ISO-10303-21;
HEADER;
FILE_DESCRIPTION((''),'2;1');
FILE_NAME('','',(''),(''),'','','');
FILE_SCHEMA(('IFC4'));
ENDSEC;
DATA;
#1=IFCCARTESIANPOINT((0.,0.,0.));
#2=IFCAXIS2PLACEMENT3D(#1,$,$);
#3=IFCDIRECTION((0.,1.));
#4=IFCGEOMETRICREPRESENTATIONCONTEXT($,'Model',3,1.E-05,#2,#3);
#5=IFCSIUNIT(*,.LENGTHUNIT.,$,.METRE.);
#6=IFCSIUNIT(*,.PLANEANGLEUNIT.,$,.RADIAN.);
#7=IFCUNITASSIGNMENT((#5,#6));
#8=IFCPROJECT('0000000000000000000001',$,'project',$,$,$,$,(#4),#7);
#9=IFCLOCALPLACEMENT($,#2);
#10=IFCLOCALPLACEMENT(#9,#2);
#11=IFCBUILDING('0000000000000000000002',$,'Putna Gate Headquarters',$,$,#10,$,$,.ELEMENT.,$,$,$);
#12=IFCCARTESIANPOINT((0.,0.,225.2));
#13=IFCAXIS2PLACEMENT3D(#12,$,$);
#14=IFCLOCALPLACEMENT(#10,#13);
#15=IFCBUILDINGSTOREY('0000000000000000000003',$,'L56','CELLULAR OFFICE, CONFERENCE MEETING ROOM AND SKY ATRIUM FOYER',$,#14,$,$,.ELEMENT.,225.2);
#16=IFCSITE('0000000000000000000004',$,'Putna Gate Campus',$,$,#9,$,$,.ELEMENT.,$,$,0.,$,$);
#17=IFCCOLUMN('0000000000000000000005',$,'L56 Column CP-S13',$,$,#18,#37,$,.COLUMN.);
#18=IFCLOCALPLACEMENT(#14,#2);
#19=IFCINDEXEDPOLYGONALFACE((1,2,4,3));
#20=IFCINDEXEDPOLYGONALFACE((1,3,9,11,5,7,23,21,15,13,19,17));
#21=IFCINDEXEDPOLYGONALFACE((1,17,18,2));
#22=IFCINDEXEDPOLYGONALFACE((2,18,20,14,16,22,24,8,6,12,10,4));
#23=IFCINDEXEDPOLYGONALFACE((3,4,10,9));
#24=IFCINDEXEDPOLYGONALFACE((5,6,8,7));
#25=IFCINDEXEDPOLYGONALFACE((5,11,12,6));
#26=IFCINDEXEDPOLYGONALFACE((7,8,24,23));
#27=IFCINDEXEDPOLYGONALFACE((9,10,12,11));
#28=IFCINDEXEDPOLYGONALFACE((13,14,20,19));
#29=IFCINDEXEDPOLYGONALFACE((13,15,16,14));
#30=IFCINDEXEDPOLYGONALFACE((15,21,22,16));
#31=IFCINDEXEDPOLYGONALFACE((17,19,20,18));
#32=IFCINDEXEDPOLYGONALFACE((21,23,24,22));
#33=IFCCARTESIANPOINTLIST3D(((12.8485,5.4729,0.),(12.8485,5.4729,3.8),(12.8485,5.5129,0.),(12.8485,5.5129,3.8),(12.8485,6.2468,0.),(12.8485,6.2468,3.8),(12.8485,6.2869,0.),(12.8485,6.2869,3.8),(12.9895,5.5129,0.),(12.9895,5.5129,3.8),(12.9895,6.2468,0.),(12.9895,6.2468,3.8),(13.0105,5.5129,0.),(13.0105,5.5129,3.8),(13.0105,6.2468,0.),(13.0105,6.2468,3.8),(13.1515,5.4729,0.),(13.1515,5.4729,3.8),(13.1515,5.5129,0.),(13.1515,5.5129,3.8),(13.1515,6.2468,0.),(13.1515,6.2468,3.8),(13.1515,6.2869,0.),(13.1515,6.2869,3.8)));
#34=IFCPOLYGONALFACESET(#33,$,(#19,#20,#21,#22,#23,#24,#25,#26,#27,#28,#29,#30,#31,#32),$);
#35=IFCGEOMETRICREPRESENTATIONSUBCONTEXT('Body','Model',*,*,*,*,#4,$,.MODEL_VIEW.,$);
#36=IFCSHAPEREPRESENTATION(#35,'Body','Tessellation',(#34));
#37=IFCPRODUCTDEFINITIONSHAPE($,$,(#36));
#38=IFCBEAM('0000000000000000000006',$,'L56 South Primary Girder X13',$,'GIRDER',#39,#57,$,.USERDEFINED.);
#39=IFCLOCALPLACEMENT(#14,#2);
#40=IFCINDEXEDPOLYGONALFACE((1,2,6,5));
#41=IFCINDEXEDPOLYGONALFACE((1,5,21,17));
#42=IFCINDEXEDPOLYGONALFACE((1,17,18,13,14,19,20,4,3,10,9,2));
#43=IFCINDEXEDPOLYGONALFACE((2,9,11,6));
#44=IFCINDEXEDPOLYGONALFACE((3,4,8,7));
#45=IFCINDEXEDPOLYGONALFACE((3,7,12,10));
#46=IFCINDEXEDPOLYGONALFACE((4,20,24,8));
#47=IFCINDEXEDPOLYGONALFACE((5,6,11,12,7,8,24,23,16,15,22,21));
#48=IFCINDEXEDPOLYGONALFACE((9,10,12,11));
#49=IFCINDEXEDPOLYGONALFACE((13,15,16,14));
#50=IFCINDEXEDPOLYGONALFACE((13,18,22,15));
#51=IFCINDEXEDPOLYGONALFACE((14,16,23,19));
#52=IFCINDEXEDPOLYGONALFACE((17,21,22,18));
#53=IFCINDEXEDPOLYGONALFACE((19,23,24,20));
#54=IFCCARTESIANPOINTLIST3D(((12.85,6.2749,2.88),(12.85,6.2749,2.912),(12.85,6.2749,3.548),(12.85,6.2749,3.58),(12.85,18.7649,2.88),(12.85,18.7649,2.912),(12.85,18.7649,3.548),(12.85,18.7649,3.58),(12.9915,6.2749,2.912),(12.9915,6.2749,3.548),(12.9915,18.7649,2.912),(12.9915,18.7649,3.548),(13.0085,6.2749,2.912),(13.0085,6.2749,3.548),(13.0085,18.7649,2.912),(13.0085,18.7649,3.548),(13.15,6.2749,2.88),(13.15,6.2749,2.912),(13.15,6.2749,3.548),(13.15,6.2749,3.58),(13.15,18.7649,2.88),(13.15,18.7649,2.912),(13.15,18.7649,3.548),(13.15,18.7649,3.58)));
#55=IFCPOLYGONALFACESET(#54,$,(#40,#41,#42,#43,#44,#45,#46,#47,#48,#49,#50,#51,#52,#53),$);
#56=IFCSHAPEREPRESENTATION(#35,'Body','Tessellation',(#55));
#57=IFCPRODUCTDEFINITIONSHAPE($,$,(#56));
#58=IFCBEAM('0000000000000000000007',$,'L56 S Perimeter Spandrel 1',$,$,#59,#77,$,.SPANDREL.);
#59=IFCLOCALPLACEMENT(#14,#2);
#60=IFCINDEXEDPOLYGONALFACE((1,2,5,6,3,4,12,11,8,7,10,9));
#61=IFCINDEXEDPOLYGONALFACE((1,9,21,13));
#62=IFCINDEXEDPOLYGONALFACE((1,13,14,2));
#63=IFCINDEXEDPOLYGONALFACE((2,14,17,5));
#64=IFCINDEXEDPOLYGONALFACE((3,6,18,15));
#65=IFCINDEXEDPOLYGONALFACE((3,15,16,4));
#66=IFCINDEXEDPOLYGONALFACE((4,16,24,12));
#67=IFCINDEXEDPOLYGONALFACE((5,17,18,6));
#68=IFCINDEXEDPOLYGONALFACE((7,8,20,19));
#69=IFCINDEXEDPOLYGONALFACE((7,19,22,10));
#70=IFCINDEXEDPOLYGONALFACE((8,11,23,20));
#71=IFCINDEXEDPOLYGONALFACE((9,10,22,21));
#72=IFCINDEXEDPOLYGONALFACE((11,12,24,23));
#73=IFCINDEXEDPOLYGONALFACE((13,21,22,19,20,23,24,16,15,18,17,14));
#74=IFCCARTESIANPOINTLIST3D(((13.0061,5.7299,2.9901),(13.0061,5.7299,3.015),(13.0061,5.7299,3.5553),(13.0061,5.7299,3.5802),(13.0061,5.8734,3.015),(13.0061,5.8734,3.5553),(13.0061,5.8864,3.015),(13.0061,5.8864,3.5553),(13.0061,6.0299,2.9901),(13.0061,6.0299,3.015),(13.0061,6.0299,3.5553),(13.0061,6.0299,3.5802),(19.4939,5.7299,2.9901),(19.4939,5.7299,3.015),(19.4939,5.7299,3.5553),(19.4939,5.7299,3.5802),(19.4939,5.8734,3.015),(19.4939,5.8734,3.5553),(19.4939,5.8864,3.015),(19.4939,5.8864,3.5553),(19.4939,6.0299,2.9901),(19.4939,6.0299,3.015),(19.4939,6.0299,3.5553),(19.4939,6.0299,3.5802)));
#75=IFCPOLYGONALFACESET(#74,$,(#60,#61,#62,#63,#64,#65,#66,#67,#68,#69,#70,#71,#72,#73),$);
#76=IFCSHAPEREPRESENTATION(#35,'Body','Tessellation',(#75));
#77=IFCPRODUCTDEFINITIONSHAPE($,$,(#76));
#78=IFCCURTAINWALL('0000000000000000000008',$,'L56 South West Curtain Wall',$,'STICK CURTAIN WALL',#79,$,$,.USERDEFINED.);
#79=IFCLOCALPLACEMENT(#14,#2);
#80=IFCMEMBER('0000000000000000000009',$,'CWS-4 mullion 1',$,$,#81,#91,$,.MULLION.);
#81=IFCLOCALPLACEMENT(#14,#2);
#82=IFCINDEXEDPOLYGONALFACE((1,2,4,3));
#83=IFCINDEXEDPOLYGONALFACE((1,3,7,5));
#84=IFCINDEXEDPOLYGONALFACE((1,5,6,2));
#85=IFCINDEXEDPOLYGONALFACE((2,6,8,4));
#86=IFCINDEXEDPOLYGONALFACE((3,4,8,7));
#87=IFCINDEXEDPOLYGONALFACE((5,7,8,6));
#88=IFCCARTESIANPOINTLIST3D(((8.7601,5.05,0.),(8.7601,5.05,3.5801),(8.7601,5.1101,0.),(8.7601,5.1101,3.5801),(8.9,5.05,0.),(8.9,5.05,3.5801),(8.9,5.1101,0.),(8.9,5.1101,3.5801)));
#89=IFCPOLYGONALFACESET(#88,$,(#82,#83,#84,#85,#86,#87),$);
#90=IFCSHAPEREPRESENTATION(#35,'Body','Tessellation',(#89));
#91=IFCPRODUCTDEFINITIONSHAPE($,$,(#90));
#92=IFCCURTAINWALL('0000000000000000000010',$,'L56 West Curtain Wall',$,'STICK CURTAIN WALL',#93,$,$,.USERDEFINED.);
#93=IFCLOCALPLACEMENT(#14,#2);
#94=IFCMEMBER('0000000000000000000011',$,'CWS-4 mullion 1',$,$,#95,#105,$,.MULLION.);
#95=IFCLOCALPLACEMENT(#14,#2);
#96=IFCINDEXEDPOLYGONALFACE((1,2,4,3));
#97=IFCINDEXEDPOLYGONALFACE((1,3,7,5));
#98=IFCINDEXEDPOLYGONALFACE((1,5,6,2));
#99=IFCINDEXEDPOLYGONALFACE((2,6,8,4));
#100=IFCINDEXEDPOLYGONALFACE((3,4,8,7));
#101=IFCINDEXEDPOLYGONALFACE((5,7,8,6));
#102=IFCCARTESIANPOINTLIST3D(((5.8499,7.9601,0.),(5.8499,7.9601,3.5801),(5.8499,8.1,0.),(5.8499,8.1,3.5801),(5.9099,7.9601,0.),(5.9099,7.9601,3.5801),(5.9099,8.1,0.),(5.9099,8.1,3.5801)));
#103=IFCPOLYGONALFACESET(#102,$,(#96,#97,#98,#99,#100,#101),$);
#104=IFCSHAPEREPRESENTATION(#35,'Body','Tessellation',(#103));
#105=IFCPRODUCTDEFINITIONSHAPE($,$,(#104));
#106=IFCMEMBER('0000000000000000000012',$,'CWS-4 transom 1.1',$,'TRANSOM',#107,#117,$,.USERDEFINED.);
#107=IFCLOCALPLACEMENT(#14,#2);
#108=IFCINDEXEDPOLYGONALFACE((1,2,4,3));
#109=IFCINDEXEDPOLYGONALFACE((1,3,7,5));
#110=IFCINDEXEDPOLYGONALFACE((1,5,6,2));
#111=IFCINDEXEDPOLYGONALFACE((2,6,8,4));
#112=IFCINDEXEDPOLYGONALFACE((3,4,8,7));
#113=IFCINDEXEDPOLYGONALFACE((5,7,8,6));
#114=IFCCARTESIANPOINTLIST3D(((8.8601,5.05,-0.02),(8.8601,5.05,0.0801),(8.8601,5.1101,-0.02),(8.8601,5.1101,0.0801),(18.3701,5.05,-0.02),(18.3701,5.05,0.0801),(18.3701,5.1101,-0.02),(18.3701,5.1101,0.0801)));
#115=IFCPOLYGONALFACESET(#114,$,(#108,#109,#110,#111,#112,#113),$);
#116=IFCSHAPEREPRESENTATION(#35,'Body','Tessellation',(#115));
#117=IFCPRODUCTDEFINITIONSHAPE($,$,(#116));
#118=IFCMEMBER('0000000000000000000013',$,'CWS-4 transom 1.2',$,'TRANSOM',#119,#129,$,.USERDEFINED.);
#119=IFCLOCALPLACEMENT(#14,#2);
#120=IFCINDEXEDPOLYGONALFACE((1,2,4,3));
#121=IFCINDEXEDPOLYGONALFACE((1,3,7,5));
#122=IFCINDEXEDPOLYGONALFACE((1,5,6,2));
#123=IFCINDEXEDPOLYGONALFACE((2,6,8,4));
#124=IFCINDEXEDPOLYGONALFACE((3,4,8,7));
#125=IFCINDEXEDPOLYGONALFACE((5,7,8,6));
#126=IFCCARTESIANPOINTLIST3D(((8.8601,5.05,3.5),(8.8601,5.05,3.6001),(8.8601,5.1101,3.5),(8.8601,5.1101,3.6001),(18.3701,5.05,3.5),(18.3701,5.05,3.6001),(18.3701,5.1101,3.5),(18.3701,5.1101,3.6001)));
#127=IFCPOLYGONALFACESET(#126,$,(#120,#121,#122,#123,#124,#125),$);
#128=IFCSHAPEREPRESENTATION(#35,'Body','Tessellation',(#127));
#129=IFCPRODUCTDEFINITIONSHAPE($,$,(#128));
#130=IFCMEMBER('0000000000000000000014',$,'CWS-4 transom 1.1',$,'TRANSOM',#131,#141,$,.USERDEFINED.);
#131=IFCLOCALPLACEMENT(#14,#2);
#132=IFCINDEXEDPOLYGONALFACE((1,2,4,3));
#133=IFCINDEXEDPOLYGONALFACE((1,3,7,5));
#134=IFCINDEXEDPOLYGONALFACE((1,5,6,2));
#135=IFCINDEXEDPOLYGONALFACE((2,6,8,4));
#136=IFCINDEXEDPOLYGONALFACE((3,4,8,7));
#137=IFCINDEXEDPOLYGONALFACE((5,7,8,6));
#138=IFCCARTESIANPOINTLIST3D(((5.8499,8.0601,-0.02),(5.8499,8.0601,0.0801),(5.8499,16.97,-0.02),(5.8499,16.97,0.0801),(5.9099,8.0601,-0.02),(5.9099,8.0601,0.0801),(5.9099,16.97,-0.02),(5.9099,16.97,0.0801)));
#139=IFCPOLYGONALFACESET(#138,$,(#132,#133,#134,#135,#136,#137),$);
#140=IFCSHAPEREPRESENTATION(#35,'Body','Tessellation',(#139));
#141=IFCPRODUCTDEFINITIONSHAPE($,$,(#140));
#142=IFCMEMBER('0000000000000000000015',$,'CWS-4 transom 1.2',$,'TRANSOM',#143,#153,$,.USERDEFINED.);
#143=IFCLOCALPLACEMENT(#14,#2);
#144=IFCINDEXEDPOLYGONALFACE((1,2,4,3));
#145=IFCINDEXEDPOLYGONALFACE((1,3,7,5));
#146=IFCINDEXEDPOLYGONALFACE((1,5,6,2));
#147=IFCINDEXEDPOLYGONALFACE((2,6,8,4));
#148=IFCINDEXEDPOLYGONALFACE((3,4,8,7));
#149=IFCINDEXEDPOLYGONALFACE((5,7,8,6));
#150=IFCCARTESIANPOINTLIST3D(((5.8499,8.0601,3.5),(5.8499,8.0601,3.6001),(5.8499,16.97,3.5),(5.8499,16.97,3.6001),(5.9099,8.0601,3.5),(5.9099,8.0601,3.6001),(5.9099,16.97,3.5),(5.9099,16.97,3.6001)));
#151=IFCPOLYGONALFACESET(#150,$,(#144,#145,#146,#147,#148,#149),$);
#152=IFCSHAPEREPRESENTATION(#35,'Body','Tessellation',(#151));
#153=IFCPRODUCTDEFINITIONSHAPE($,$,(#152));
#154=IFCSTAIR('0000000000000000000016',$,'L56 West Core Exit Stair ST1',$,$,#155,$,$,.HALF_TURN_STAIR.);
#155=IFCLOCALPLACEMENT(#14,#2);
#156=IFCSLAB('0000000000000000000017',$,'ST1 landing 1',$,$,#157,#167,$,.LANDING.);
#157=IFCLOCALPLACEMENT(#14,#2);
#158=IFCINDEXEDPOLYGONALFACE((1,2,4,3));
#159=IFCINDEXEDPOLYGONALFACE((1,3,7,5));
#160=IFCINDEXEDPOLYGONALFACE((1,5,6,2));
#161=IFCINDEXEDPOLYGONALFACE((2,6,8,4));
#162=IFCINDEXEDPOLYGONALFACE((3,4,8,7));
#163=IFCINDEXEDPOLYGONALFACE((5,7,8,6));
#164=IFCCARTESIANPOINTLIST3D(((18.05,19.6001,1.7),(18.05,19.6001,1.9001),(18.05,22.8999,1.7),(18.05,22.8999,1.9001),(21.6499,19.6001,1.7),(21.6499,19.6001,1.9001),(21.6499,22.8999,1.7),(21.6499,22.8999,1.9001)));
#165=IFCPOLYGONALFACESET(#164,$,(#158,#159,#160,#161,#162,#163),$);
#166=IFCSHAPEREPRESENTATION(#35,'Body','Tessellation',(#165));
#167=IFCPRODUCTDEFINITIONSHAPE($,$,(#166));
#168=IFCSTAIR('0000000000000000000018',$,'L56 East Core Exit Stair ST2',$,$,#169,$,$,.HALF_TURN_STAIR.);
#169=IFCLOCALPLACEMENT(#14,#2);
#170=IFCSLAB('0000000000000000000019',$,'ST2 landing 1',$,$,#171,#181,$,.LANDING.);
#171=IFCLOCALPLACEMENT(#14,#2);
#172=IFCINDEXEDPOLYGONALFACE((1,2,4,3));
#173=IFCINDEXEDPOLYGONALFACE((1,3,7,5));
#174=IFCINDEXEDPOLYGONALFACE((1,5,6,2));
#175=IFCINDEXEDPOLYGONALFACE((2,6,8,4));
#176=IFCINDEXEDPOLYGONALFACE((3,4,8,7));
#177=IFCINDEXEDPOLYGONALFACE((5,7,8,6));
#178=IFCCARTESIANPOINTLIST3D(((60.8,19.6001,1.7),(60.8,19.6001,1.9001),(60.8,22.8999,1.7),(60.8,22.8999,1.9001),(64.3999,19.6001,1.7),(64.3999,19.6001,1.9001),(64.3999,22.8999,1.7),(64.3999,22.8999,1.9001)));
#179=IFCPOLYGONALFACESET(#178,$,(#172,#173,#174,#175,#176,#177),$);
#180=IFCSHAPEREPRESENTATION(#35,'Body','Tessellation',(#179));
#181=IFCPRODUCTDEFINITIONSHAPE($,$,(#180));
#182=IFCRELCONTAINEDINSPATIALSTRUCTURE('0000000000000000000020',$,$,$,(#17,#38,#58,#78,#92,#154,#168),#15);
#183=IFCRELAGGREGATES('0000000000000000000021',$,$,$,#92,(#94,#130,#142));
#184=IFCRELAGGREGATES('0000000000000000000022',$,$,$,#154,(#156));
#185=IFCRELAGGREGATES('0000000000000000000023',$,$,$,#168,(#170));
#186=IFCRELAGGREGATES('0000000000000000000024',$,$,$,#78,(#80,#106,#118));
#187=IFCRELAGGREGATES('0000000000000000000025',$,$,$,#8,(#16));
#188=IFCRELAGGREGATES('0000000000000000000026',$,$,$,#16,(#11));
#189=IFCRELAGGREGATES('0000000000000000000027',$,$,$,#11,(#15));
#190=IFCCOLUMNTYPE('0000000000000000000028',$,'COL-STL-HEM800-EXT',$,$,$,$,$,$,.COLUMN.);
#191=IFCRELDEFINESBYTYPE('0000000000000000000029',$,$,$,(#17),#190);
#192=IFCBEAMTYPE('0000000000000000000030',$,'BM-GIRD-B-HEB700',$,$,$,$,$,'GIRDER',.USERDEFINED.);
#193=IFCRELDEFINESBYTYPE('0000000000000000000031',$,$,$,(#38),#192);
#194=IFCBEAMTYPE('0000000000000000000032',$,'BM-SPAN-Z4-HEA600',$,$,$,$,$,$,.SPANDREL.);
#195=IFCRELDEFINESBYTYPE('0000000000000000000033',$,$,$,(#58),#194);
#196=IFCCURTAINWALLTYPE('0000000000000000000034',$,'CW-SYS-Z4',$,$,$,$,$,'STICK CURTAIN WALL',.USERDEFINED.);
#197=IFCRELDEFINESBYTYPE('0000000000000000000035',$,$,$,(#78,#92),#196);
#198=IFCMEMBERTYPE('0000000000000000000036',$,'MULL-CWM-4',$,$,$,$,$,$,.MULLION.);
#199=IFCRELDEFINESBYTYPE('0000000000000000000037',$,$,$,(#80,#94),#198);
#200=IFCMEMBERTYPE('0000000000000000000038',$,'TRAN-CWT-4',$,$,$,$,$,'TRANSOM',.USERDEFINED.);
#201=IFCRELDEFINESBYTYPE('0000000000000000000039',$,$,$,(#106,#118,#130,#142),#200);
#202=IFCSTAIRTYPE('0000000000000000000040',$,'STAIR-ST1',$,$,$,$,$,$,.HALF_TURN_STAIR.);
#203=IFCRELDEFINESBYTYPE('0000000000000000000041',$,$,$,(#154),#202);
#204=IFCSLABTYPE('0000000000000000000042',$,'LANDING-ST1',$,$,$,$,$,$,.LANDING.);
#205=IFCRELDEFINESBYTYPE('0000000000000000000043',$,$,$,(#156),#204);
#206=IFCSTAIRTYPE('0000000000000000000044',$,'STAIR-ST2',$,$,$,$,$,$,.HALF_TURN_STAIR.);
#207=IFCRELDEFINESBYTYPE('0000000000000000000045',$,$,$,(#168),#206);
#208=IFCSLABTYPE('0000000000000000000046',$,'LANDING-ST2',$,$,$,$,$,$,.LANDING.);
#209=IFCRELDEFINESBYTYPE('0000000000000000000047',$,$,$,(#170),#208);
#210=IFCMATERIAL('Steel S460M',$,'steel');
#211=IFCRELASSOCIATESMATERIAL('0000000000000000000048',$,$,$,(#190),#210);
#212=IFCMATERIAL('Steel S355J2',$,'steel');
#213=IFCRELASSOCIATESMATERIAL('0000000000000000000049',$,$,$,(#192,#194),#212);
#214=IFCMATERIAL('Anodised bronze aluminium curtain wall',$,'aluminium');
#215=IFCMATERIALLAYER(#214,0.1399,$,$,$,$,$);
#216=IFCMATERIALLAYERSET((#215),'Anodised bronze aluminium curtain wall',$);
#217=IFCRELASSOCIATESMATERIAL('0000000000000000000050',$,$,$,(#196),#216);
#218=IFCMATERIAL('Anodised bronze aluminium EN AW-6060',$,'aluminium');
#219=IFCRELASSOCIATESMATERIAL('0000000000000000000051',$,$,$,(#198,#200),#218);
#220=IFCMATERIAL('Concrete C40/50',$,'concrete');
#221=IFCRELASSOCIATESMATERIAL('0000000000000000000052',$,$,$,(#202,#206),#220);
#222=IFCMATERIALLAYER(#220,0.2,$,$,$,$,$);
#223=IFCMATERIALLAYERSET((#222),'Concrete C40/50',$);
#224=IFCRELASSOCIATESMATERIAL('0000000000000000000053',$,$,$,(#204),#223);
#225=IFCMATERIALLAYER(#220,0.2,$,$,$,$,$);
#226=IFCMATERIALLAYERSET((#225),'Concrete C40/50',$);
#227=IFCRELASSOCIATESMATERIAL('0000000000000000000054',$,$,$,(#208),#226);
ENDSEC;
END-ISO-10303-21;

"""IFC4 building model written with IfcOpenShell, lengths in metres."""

from ifc_helpers import new_model, si_unit, direction, frame, origin, origin_2d, place, context, subcontext, project, spatial, polyline, rectangle, i_section, outline, extrude, material, layer, layer_set, material_profile, profile_set, type_object, element, aggregate, save


model = new_model("IFC4")

# Units and contexts
model_context = context("Model", 3, precision=1e-05, world=origin(), true_north=direction((0.0, 1.0)))
body_context = subcontext(model_context, "Body", "Model", "MODEL_VIEW")
ifc_project = project(units=[si_unit("LENGTHUNIT", "METRE"), si_unit("PLANEANGLEUNIT", "RADIAN")], contexts=[model_context])

# Site, building, storey
site_placement = place(None, origin())
site = spatial("IfcSite", under=ifc_project, at=site_placement, Name="Putna Gate Campus", CompositionType="ELEMENT", RefElevation=0.0)
building_placement = place(site_placement, origin())
building = spatial("IfcBuilding", under=site, at=building_placement, Name="Putna Gate Headquarters", CompositionType="ELEMENT")
storey_placement = place(building_placement, frame((0.0, 0.0, 225.2)))
storey = spatial("IfcBuildingStorey", under=building, at=storey_placement, Name="L56", Description="CELLULAR OFFICE, CONFERENCE MEETING ROOM AND SKY ATRIUM FOYER", CompositionType="ELEMENT", Elevation=225.2)

# Column
ifc_material_1 = material(Name="Steel S460M", Category="steel")
ifc_material_profile_1 = material_profile(ifc_material_1, i_section(OverallWidth=0.303, OverallDepth=0.814, WebThickness=0.021, FlangeThickness=0.04, at=origin_2d()), Name="Steel S460M")
ifc_profile_set_1 = profile_set([ifc_material_profile_1], Name="Steel S460M")
column_type = type_object("IfcColumnType", Name="COL-STL-HEM800-EXT", PredefinedType="COLUMN", material=ifc_profile_set_1)
column_placement = place(storey_placement, frame((13.0, 5.8799, 0.0), z_axis=(0.0, 0.0, 1.0), x_axis=(1.0, 0.0, 0.0)))
element("IfcColumn", 1, at=column_placement, inside=storey, type_object=column_type, Name="L56 Column CP-S13", PredefinedType="COLUMN", context=body_context, shape_type="SweptSolid", body=[
    extrude(i_section(OverallWidth=0.303, OverallDepth=0.814, WebThickness=0.021, FlangeThickness=0.04, at=origin_2d()), origin(), (0.0, 0.0, 1.0), 3.8),
])

# Beams
ifc_material_2 = material(Name="Steel S355J2", Category="steel")
ifc_material_profile_2 = material_profile(ifc_material_2, i_section(OverallWidth=0.3, OverallDepth=0.7, WebThickness=0.0171, FlangeThickness=0.032, at=origin_2d()), Name="Steel S355J2")
ifc_profile_set_2 = profile_set([ifc_material_profile_2], Name="Steel S355J2")
beam_type_1 = type_object("IfcBeamType", Name="BM-GIRD-B-HEB700", ElementType="GIRDER", PredefinedType="USERDEFINED", material=ifc_profile_set_2)
beam_1_placement = place(storey_placement, frame((13.0, 6.2749, 3.23), z_axis=(0.0, 1.0, 0.0), x_axis=(-1.0, 0.0, 0.0)))
element("IfcBeam", 2, at=beam_1_placement, inside=storey, type_object=beam_type_1, Name="L56 South Primary Girder X13", ObjectType="GIRDER", PredefinedType="USERDEFINED", context=body_context, shape_type="SweptSolid", body=[
    extrude(i_section(OverallWidth=0.3, OverallDepth=0.7, WebThickness=0.0171, FlangeThickness=0.032, at=origin_2d()), origin(), (0.0, 0.0, 1.0), 12.49),
])
ifc_material_profile_3 = material_profile(ifc_material_2, i_section(OverallWidth=0.3, OverallDepth=0.5901, WebThickness=0.0129, FlangeThickness=0.0249, at=origin_2d()), Name="Steel S355J2")
ifc_profile_set_3 = profile_set([ifc_material_profile_3], Name="Steel S355J2")
beam_type_2 = type_object("IfcBeamType", Name="BM-SPAN-Z4-HEA600", PredefinedType="SPANDREL", material=ifc_profile_set_3)
beam_2_placement = place(storey_placement, frame((13.0061, 5.8799, 3.2852), z_axis=(1.0, 0.0, 0.0), x_axis=(0.0, 1.0, 0.0)))
element("IfcBeam", 3, at=beam_2_placement, inside=storey, type_object=beam_type_2, Name="L56 S Perimeter Spandrel 1", PredefinedType="SPANDREL", context=body_context, shape_type="SweptSolid", body=[
    extrude(i_section(OverallWidth=0.3, OverallDepth=0.5901, WebThickness=0.0129, FlangeThickness=0.0249, at=origin_2d()), origin(), (0.0, 0.0, 1.0), 6.4878),
])

# Curtain walls, members
ifc_material_3 = material(Name="Anodised bronze aluminium curtain wall", Category="aluminium")
ifc_layer_1 = layer(ifc_material_3, 0.1399)
ifc_layer_set_1 = layer_set([ifc_layer_1], Name="Anodised bronze aluminium curtain wall")
curtain_wall_type = type_object("IfcCurtainWallType", Name="CW-SYS-Z4", ElementType="STICK CURTAIN WALL", PredefinedType="USERDEFINED", material=ifc_layer_set_1)
curtain_wall_1_placement = place(storey_placement, origin())
curtain_wall_1 = element("IfcCurtainWall", 4, at=curtain_wall_1_placement, inside=storey, type_object=curtain_wall_type, Name="L56 South West Curtain Wall", ObjectType="STICK CURTAIN WALL", PredefinedType="USERDEFINED")
ifc_material_4 = material(Name="Anodised bronze aluminium EN AW-6060", Category="aluminium")
ifc_material_profile_4 = material_profile(ifc_material_4, rectangle(XDim=0.0601, YDim=0.1399, at=origin_2d()), Name="Anodised bronze aluminium EN AW-6060")
ifc_profile_set_4 = profile_set([ifc_material_profile_4], Name="Anodised bronze aluminium EN AW-6060")
member_type_1 = type_object("IfcMemberType", Name="MULL-CWM-4", PredefinedType="MULLION", material=ifc_profile_set_4)
member_1_placement = place(storey_placement, frame((8.8301, 5.0801, 0.0), z_axis=(0.0, 0.0, 1.0), x_axis=(0.0, 1.0, 0.0)))
member_1 = element("IfcMember", 5, at=member_1_placement, type_object=member_type_1, Name="CWS-4 mullion 1", PredefinedType="MULLION", context=body_context, shape_type="SweptSolid", body=[
    extrude(rectangle(XDim=0.0601, YDim=0.1399, at=origin_2d()), origin(), (0.0, 0.0, 1.0), 3.5801),
])
curtain_wall_2_placement = place(storey_placement, origin())
curtain_wall_2 = element("IfcCurtainWall", 6, at=curtain_wall_2_placement, inside=storey, type_object=curtain_wall_type, Name="L56 West Curtain Wall", ObjectType="STICK CURTAIN WALL", PredefinedType="USERDEFINED")
member_2_placement = place(storey_placement, frame((5.8799, 8.03, 0.0), z_axis=(0.0, 0.0, 1.0), x_axis=(-1.0, 0.0, 0.0)))
member_2 = element("IfcMember", 7, at=member_2_placement, type_object=member_type_1, Name="CWS-4 mullion 1", PredefinedType="MULLION", context=body_context, shape_type="SweptSolid", body=[
    extrude(rectangle(XDim=0.0601, YDim=0.1399, at=origin_2d()), origin(), (0.0, 0.0, 1.0), 3.5801),
])

# Members
ifc_material_profile_5 = material_profile(ifc_material_4, rectangle(XDim=0.0601, YDim=0.1001, at=origin_2d()), Name="Anodised bronze aluminium EN AW-6060")
ifc_profile_set_5 = profile_set([ifc_material_profile_5], Name="Anodised bronze aluminium EN AW-6060")
member_type_2 = type_object("IfcMemberType", Name="TRAN-CWT-4", ElementType="TRANSOM", PredefinedType="USERDEFINED", material=ifc_profile_set_5)
member_3_placement = place(storey_placement, frame((8.8601, 5.0801, 0.03), z_axis=(1.0, 0.0, 0.0), x_axis=(0.0, 1.0, 0.0)))
member_3 = element("IfcMember", 8, at=member_3_placement, type_object=member_type_2, Name="CWS-4 transom 1.1", ObjectType="TRANSOM", PredefinedType="USERDEFINED", context=body_context, shape_type="SweptSolid", body=[
    extrude(rectangle(XDim=0.0601, YDim=0.1001, at=origin_2d()), origin(), (0.0, 0.0, 1.0), 9.51),
])
member_4_placement = place(storey_placement, frame((8.8601, 5.0801, 3.55), z_axis=(1.0, 0.0, 0.0), x_axis=(0.0, 1.0, 0.0)))
member_4 = element("IfcMember", 9, at=member_4_placement, type_object=member_type_2, Name="CWS-4 transom 1.2", ObjectType="TRANSOM", PredefinedType="USERDEFINED", context=body_context, shape_type="SweptSolid", body=[
    extrude(rectangle(XDim=0.0601, YDim=0.1001, at=origin_2d()), origin(), (0.0, 0.0, 1.0), 9.51),
])
member_5_placement = place(storey_placement, frame((5.8799, 8.0601, 0.03), z_axis=(0.0, 1.0, 0.0), x_axis=(-1.0, 0.0, 0.0)))
member_5 = element("IfcMember", 10, at=member_5_placement, type_object=member_type_2, Name="CWS-4 transom 1.1", ObjectType="TRANSOM", PredefinedType="USERDEFINED", context=body_context, shape_type="SweptSolid", body=[
    extrude(rectangle(XDim=0.0601, YDim=0.1001, at=origin_2d()), origin(), (0.0, 0.0, 1.0), 8.9099),
])
member_6_placement = place(storey_placement, frame((5.8799, 8.0601, 3.55), z_axis=(0.0, 1.0, 0.0), x_axis=(-1.0, 0.0, 0.0)))
member_6 = element("IfcMember", 11, at=member_6_placement, type_object=member_type_2, Name="CWS-4 transom 1.2", ObjectType="TRANSOM", PredefinedType="USERDEFINED", context=body_context, shape_type="SweptSolid", body=[
    extrude(rectangle(XDim=0.0601, YDim=0.1001, at=origin_2d()), origin(), (0.0, 0.0, 1.0), 8.9099),
])
aggregate(curtain_wall_2, [member_2, member_5, member_6])

# Stairs, slabs
ifc_material_5 = material(Name="Concrete C40/50", Category="concrete")
stair_type_1 = type_object("IfcStairType", Name="STAIR-ST1", PredefinedType="HALF_TURN_STAIR", material=ifc_material_5)
stair_1_placement = place(storey_placement, origin())
stair_1 = element("IfcStair", 12, at=stair_1_placement, inside=storey, type_object=stair_type_1, Name="L56 West Core Exit Stair ST1", PredefinedType="HALF_TURN_STAIR")
ifc_layer_2 = layer(ifc_material_5, 0.2)
ifc_layer_set_2 = layer_set([ifc_layer_2], Name="Concrete C40/50")
slab_type_1 = type_object("IfcSlabType", Name="LANDING-ST1", PredefinedType="LANDING", material=ifc_layer_set_2)
slab_1_placement = place(storey_placement, frame((0.0, 0.0, 1.7)))
slab_1 = element("IfcSlab", 13, at=slab_1_placement, type_object=slab_type_1, Name="ST1 landing 1", PredefinedType="LANDING", context=body_context, shape_type="SweptSolid", body=[
    extrude(outline(polyline([(18.05, 19.6001), (21.6499, 19.6001), (21.6499, 22.8999), (18.05, 22.8999), (18.05, 19.6001)])), origin(), (0.0, 0.0, 1.0), 0.2002),
])
aggregate(stair_1, [slab_1])
stair_type_2 = type_object("IfcStairType", Name="STAIR-ST2", PredefinedType="HALF_TURN_STAIR", material=ifc_material_5)
stair_2_placement = place(storey_placement, origin())
stair_2 = element("IfcStair", 14, at=stair_2_placement, inside=storey, type_object=stair_type_2, Name="L56 East Core Exit Stair ST2", PredefinedType="HALF_TURN_STAIR")
ifc_layer_3 = layer(ifc_material_5, 0.2)
ifc_layer_set_3 = layer_set([ifc_layer_3], Name="Concrete C40/50")
slab_type_2 = type_object("IfcSlabType", Name="LANDING-ST2", PredefinedType="LANDING", material=ifc_layer_set_3)
slab_2_placement = place(storey_placement, frame((0.0, 0.0, 1.7)))
slab_2 = element("IfcSlab", 15, at=slab_2_placement, type_object=slab_type_2, Name="ST2 landing 1", PredefinedType="LANDING", context=body_context, shape_type="SweptSolid", body=[
    extrude(outline(polyline([(60.8, 19.6001), (64.3999, 19.6001), (64.3999, 22.8999), (60.8, 22.8999), (60.8, 19.6001)])), origin(), (0.0, 0.0, 1.0), 0.2002),
])
aggregate(stair_2, [slab_2])

aggregate(curtain_wall_1, [member_1, member_3, member_4])

save(model, "model.ifc")
